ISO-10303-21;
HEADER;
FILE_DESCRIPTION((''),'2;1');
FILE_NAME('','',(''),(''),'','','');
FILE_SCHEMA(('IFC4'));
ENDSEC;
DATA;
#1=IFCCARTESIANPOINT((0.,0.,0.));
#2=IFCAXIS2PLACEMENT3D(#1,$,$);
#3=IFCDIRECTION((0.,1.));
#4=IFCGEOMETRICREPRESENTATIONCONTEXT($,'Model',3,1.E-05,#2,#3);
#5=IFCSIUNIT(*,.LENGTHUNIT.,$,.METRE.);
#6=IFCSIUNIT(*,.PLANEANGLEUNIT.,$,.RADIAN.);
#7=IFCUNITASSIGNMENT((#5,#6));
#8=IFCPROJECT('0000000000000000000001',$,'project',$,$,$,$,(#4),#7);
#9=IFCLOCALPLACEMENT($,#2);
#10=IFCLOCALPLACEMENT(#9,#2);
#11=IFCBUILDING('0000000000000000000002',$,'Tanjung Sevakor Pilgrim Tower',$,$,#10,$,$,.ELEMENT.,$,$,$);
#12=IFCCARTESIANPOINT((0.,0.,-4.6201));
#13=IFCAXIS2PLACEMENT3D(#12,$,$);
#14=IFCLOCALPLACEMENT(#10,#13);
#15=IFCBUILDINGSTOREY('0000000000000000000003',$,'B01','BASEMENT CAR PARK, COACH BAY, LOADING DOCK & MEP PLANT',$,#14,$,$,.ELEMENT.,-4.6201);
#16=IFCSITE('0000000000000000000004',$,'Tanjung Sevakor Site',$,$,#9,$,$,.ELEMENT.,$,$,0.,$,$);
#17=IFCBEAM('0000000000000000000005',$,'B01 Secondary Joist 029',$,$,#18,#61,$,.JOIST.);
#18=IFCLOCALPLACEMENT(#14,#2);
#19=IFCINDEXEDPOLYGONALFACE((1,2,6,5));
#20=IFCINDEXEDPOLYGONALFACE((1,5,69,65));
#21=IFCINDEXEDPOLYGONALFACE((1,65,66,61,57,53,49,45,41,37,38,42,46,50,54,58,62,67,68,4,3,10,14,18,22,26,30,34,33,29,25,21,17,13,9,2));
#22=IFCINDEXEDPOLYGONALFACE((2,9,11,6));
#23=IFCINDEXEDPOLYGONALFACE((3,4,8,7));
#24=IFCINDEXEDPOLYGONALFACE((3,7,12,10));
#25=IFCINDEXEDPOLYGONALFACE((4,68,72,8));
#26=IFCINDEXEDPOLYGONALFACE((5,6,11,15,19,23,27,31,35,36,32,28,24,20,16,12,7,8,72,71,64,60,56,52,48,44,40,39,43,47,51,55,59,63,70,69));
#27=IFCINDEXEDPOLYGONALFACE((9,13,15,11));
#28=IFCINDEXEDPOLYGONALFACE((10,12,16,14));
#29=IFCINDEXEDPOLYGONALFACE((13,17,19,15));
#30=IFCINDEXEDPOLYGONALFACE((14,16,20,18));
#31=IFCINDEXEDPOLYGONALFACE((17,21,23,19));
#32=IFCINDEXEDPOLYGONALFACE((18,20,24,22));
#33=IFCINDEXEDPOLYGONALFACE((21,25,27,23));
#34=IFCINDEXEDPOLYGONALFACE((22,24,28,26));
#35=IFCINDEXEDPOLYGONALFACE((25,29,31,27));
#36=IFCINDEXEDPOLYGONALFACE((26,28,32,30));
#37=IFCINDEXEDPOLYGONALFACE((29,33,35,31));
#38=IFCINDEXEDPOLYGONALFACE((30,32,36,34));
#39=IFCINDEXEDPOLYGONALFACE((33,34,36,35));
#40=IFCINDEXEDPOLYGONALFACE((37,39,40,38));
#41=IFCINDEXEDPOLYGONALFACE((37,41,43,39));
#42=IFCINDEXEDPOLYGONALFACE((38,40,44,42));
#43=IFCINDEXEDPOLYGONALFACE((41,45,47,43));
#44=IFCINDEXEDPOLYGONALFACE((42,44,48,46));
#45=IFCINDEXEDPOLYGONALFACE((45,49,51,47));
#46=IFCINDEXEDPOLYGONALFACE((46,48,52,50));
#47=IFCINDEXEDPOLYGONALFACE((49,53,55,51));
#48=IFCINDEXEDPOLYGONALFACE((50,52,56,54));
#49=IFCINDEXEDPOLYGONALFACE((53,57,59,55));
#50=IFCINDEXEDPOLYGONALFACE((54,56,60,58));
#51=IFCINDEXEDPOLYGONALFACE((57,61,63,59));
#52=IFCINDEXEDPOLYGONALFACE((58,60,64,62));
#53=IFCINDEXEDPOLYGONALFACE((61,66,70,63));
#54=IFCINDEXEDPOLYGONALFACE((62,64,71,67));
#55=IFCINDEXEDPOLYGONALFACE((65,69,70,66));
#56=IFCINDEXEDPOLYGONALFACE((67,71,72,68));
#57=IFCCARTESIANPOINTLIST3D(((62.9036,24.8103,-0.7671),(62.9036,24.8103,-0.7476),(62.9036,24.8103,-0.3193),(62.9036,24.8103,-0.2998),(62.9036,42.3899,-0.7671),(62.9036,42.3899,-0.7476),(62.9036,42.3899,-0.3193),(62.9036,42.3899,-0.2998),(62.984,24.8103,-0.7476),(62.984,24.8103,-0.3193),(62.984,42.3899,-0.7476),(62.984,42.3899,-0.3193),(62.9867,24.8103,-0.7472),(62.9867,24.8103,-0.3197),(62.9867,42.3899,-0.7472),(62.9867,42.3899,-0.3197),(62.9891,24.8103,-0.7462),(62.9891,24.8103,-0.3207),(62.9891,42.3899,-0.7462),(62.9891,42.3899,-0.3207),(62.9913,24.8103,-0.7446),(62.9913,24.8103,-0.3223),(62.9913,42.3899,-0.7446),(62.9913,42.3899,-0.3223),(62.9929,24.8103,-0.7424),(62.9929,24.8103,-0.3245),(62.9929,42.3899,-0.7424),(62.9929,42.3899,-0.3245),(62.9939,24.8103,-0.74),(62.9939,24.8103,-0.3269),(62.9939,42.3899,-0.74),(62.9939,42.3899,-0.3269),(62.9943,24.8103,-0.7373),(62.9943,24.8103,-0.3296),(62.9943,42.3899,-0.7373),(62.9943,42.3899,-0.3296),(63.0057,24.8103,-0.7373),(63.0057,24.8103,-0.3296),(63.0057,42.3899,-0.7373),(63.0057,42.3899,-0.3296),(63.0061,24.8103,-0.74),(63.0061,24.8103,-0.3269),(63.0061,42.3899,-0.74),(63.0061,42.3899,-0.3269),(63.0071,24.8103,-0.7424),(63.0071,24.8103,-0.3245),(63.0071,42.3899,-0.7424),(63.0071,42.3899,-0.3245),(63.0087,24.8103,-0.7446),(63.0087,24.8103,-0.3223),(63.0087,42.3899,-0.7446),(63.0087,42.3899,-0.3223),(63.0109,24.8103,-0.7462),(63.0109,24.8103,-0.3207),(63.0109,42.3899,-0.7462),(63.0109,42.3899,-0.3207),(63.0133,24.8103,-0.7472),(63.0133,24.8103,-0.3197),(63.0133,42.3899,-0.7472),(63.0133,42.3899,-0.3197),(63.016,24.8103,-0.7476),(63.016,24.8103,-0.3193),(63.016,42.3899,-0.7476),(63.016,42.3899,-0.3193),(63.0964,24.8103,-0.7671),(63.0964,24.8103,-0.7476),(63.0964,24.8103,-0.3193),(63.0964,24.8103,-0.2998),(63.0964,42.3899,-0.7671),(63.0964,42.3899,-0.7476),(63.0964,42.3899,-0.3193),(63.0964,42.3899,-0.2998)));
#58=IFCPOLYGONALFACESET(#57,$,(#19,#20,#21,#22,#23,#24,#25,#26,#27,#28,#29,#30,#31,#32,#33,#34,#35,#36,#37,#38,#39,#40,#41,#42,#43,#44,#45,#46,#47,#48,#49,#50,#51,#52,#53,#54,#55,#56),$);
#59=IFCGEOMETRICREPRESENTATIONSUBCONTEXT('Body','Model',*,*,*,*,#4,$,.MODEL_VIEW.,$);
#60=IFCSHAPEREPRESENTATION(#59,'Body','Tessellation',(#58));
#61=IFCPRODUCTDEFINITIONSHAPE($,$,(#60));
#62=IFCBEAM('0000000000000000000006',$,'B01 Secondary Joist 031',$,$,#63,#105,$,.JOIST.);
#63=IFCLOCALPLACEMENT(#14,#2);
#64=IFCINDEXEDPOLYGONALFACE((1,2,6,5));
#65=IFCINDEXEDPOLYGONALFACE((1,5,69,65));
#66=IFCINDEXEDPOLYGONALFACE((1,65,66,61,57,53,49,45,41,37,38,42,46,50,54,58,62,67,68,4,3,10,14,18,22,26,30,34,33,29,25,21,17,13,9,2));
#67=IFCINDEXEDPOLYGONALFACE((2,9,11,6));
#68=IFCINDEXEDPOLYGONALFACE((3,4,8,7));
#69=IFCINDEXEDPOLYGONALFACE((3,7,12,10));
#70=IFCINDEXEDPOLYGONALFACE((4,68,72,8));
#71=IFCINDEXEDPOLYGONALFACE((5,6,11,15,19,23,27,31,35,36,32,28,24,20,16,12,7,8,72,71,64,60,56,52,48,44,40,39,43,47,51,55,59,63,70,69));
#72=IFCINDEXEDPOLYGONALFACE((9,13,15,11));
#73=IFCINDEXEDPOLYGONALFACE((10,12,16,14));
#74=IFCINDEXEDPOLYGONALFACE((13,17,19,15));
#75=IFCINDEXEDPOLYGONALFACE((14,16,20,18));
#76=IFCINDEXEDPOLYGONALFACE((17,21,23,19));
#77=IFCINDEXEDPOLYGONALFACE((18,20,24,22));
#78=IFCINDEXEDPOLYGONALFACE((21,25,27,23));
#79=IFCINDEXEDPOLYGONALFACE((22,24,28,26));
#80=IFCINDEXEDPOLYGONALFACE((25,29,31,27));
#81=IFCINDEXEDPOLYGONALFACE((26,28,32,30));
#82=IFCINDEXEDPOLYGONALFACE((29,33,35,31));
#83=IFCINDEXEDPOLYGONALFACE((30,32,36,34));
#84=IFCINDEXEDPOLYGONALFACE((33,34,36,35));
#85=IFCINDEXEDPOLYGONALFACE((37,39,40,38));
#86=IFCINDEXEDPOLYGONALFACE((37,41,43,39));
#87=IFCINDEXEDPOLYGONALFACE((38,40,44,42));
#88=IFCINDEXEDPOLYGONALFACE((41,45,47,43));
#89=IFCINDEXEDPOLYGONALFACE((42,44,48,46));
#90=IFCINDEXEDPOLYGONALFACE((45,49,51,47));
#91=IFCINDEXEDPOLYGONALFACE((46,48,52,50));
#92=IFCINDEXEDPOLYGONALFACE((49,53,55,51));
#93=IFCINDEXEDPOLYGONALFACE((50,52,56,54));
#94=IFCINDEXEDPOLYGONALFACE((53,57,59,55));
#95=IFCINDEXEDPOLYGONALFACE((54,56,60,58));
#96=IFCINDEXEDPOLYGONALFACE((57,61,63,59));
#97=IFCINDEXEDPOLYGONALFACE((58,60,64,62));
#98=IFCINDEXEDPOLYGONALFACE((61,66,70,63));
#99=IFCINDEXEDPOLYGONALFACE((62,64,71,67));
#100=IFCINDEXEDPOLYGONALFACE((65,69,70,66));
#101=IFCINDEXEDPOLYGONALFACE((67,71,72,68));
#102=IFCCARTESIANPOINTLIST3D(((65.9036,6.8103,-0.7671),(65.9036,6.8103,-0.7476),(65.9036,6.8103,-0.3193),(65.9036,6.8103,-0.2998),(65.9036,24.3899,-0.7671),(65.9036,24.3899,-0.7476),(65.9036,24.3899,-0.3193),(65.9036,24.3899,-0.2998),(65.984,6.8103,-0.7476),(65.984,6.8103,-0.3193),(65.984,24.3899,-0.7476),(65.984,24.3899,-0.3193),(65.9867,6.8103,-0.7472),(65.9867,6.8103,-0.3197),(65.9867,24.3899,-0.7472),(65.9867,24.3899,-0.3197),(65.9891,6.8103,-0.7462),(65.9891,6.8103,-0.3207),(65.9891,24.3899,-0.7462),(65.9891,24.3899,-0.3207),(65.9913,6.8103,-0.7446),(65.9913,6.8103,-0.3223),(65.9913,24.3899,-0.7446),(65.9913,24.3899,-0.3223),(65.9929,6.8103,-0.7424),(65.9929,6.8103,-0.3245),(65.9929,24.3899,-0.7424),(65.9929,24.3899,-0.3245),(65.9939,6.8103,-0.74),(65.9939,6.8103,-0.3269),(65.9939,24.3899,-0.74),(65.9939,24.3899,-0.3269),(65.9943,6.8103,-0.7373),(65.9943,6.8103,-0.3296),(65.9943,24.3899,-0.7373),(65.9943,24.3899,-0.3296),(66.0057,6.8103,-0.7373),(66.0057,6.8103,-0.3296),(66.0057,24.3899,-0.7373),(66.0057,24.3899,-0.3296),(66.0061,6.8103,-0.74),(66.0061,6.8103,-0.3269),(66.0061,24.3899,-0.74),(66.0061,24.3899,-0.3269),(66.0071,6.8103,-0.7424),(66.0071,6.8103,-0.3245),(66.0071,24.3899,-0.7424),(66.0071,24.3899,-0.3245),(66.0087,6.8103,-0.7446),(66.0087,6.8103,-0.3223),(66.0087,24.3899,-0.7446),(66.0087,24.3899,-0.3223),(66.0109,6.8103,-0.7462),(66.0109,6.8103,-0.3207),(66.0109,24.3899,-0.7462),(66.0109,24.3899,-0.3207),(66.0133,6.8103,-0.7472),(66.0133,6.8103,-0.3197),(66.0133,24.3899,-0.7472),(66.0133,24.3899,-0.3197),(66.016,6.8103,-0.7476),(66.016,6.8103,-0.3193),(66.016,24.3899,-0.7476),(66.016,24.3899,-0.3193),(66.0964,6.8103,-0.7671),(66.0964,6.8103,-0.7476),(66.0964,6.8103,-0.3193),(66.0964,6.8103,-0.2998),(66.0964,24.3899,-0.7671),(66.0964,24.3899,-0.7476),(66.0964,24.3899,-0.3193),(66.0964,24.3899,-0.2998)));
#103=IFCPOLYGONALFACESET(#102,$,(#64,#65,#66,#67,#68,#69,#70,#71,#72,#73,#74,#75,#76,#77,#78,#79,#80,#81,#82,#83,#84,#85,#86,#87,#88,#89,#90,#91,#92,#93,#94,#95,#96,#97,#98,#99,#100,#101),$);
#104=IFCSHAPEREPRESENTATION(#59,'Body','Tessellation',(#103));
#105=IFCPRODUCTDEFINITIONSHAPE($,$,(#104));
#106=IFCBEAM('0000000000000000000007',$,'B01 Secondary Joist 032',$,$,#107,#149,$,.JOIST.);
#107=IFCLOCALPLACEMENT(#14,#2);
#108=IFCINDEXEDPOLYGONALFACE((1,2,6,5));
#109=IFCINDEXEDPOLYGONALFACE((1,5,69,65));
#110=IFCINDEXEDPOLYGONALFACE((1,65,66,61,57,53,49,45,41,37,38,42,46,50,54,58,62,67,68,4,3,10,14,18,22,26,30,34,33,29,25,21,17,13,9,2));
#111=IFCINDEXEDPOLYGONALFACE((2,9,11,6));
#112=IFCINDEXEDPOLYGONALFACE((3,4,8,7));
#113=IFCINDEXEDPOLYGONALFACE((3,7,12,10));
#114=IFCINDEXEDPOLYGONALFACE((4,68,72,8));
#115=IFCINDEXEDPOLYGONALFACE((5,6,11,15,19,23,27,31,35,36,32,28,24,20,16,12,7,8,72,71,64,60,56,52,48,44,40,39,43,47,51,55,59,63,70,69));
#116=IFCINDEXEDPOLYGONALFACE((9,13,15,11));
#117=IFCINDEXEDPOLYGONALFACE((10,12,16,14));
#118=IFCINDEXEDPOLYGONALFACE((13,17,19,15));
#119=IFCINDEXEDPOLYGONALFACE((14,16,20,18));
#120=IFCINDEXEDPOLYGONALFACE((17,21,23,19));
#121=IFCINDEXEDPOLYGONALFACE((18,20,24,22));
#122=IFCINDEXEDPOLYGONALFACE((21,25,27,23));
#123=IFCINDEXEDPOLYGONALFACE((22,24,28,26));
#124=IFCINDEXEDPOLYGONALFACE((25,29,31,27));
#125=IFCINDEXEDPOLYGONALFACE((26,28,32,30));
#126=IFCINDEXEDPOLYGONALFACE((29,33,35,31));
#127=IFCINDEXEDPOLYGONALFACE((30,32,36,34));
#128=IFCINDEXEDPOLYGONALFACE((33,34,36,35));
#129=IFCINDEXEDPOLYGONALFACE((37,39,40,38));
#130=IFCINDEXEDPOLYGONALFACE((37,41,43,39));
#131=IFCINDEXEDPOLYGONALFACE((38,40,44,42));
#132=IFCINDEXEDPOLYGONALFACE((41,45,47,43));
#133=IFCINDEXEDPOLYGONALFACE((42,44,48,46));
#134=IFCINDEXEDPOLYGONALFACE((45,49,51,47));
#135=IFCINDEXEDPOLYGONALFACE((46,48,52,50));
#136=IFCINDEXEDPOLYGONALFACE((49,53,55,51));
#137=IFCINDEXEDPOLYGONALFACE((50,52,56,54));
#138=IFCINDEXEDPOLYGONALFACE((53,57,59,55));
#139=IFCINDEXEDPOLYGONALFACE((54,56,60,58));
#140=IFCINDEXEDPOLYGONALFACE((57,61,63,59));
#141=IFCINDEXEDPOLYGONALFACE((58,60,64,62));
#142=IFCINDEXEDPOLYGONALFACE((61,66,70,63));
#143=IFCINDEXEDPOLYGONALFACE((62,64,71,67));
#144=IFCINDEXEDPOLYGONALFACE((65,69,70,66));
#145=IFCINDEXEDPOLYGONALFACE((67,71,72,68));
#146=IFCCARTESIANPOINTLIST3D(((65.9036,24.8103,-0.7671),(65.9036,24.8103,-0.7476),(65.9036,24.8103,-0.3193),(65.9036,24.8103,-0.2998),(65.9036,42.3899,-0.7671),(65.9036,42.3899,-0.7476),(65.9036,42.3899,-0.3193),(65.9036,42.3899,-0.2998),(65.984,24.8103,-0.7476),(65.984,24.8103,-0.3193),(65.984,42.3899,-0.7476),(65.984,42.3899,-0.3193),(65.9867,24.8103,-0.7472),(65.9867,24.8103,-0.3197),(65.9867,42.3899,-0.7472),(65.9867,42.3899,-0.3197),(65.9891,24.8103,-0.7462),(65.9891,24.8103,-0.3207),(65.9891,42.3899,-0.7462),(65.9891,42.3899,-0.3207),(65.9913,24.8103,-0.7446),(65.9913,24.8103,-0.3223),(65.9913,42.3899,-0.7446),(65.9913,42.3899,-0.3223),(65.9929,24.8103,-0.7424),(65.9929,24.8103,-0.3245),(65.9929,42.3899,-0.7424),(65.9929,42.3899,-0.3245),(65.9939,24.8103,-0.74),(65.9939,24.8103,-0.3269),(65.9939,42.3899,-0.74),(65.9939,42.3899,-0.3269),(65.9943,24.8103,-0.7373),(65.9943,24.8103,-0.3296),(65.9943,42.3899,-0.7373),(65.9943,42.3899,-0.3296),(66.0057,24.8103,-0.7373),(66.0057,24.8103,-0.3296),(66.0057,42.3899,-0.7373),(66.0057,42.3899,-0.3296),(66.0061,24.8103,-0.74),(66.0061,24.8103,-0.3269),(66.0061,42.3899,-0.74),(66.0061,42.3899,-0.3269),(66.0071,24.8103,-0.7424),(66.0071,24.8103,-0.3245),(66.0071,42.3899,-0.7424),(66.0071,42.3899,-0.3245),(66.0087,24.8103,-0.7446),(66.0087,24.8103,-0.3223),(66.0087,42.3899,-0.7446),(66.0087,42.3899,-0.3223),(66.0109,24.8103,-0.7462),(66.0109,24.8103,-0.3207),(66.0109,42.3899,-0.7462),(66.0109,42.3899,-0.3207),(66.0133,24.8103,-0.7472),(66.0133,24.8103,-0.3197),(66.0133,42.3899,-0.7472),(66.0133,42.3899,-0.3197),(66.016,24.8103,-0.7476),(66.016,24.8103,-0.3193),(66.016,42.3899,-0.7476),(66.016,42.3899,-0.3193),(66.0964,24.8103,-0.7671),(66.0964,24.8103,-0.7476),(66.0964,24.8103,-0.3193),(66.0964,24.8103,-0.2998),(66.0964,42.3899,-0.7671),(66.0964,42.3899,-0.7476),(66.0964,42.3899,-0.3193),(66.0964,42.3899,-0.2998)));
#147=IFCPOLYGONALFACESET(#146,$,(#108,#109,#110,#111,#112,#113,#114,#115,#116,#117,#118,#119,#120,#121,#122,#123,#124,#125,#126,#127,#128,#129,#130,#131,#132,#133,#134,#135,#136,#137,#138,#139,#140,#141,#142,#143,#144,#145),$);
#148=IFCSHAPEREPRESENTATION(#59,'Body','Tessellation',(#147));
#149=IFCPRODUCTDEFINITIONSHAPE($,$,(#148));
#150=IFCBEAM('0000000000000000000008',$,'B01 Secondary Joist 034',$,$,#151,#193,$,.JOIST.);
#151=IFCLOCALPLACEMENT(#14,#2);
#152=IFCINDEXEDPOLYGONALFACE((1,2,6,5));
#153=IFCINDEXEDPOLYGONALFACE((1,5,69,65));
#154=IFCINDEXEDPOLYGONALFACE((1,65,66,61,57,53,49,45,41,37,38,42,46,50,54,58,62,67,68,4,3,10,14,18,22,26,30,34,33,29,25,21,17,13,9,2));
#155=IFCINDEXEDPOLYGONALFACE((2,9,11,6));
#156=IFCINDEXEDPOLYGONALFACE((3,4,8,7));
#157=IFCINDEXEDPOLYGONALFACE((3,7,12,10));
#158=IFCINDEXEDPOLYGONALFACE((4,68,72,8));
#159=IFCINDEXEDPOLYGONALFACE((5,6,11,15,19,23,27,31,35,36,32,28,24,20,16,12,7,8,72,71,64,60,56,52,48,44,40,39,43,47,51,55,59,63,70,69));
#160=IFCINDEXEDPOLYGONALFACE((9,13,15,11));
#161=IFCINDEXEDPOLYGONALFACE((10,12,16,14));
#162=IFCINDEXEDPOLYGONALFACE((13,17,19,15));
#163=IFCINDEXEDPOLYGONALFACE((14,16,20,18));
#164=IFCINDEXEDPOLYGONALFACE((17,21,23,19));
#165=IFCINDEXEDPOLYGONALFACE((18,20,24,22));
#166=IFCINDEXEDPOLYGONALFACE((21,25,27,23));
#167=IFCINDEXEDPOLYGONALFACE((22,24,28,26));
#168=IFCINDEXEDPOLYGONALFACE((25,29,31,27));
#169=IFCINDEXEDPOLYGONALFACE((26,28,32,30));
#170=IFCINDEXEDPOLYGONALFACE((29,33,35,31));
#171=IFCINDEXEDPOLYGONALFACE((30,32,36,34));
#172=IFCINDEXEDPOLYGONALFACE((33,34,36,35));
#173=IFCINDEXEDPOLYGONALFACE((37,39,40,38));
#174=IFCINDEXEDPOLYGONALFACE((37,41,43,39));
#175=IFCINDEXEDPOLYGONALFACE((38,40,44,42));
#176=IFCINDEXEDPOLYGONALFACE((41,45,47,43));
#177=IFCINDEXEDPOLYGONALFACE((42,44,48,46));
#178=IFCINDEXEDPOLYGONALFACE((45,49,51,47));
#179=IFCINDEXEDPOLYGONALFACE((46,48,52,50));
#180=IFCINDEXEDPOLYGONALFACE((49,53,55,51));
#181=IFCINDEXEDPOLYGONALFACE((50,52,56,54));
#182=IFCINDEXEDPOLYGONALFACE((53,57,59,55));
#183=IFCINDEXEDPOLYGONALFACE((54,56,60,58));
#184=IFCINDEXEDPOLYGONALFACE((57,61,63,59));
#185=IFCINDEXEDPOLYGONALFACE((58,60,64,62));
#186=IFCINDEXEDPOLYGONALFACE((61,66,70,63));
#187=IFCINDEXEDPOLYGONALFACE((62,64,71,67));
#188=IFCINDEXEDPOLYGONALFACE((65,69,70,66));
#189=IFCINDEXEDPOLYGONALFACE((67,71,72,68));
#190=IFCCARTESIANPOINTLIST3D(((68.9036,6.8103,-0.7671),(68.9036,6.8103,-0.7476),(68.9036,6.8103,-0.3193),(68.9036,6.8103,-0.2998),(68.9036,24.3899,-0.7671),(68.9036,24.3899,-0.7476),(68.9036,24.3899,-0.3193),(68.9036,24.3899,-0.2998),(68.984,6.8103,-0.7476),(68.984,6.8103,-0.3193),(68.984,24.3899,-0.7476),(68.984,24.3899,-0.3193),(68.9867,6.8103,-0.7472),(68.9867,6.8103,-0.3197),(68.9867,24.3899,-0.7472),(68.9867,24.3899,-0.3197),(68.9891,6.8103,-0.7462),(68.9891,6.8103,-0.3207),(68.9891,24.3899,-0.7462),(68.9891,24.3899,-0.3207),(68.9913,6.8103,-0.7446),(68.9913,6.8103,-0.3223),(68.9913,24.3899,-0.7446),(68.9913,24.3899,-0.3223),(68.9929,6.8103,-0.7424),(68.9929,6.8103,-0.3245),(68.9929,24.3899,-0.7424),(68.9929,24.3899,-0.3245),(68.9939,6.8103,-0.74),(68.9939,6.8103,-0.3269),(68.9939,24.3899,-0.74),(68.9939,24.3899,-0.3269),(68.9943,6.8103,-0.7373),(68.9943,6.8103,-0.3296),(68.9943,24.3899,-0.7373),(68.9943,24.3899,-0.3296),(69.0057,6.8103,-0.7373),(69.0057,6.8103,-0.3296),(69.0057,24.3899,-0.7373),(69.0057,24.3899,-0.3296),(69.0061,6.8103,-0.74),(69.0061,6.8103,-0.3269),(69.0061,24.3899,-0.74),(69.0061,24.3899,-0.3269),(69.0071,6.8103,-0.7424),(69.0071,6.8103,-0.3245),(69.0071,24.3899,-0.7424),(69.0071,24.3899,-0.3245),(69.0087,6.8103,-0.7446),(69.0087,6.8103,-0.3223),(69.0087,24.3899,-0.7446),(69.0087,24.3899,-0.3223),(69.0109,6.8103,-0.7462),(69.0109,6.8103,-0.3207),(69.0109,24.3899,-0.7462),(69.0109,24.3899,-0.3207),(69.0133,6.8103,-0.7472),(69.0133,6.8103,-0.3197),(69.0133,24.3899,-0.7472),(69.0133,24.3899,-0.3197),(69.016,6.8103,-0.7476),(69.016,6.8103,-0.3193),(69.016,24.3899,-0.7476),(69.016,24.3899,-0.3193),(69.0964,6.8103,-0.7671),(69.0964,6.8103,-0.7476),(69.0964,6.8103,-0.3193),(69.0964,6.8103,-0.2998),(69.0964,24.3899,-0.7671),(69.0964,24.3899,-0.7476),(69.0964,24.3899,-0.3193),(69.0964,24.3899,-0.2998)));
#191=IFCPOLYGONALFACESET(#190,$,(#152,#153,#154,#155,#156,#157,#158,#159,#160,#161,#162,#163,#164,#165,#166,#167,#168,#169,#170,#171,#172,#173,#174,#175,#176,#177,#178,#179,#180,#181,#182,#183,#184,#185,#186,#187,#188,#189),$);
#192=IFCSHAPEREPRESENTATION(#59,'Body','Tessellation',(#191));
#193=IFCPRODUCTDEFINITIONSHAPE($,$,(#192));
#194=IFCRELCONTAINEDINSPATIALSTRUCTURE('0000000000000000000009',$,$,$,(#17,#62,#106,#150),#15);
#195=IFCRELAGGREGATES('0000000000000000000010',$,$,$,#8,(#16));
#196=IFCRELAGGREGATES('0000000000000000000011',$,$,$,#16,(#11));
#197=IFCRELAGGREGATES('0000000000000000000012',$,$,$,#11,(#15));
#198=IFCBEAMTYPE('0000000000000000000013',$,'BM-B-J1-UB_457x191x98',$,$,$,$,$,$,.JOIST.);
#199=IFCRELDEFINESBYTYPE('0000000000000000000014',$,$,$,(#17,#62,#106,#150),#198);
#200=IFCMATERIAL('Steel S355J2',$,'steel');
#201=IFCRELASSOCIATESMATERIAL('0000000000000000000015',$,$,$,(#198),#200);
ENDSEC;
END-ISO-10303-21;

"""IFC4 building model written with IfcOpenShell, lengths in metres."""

from ifc_helpers import new_model, si_unit, direction, frame, origin, origin_2d, place, context, subcontext, project, spatial, i_section, extrude, material, material_profile, profile_set, type_object, element, save


model = new_model("IFC4")

# Units and contexts
model_context = context("Model", 3, precision=1e-05, world=origin(), true_north=direction((0.0, 1.0)))
body_context = subcontext(model_context, "Body", "Model", "MODEL_VIEW")
ifc_project = project(units=[si_unit("LENGTHUNIT", "METRE"), si_unit("PLANEANGLEUNIT", "RADIAN")], contexts=[model_context])

# Site, building, storey
site_placement = place(None, origin())
site = spatial("IfcSite", under=ifc_project, at=site_placement, Name="Tanjung Sevakor Site", CompositionType="ELEMENT", RefElevation=0.0)
building_placement = place(site_placement, origin())
building = spatial("IfcBuilding", under=site, at=building_placement, Name="Tanjung Sevakor Pilgrim Tower", CompositionType="ELEMENT")
storey_placement = place(building_placement, frame((0.0, 0.0, -4.6201)))
storey = spatial("IfcBuildingStorey", under=building, at=storey_placement, Name="B01", Description="BASEMENT CAR PARK, COACH BAY, LOADING DOCK & MEP PLANT", CompositionType="ELEMENT", Elevation=-4.6201)

# Beams
ifc_material_1 = material(Name="Steel S355J2", Category="steel")
ifc_material_profile_1 = material_profile(ifc_material_1, i_section(OverallWidth=0.1929, OverallDepth=0.4673, WebThickness=0.0115, FlangeThickness=0.0195, FilletRadius=0.0103, at=origin_2d()))
ifc_profile_set_1 = profile_set([ifc_material_profile_1], Name="Steel S355J2")
beam_type_1 = type_object("IfcBeamType", Name="BM-B-J1-UB_457x191x98", PredefinedType="JOIST", material=ifc_profile_set_1)
for number, where, z_axis, x_axis, name in (
    (1, (63.0, 24.8103, -0.5334), (0.0, 1.0, 0.0), (-1.0, 0.0, 0.0), "B01 Secondary Joist 029"),
    (2, (66.0, 6.8103, -0.5334), (0.0, 1.0, 0.0), (-1.0, 0.0, 0.0), "B01 Secondary Joist 031"),
    (3, (66.0, 24.8103, -0.5334), (0.0, 1.0, 0.0), (-1.0, 0.0, 0.0), "B01 Secondary Joist 032"),
    (4, (69.0, 6.8103, -0.5334), (0.0, 1.0, 0.0), (-1.0, 0.0, 0.0), "B01 Secondary Joist 034"),
):
    element("IfcBeam", number, at=place(storey_placement, frame(where, z_axis=z_axis, x_axis=x_axis)), inside=storey, type_object=beam_type_1, Name=name, PredefinedType="JOIST", context=body_context, shape_type="SweptSolid", body=[
        extrude(i_section(OverallWidth=0.1929, OverallDepth=0.4673, WebThickness=0.0115, FlangeThickness=0.0195, FilletRadius=0.0103, at=origin_2d()), origin(), (0.0, 0.0, 1.0), 17.5796),
    ])

save(model, "model.ifc")
